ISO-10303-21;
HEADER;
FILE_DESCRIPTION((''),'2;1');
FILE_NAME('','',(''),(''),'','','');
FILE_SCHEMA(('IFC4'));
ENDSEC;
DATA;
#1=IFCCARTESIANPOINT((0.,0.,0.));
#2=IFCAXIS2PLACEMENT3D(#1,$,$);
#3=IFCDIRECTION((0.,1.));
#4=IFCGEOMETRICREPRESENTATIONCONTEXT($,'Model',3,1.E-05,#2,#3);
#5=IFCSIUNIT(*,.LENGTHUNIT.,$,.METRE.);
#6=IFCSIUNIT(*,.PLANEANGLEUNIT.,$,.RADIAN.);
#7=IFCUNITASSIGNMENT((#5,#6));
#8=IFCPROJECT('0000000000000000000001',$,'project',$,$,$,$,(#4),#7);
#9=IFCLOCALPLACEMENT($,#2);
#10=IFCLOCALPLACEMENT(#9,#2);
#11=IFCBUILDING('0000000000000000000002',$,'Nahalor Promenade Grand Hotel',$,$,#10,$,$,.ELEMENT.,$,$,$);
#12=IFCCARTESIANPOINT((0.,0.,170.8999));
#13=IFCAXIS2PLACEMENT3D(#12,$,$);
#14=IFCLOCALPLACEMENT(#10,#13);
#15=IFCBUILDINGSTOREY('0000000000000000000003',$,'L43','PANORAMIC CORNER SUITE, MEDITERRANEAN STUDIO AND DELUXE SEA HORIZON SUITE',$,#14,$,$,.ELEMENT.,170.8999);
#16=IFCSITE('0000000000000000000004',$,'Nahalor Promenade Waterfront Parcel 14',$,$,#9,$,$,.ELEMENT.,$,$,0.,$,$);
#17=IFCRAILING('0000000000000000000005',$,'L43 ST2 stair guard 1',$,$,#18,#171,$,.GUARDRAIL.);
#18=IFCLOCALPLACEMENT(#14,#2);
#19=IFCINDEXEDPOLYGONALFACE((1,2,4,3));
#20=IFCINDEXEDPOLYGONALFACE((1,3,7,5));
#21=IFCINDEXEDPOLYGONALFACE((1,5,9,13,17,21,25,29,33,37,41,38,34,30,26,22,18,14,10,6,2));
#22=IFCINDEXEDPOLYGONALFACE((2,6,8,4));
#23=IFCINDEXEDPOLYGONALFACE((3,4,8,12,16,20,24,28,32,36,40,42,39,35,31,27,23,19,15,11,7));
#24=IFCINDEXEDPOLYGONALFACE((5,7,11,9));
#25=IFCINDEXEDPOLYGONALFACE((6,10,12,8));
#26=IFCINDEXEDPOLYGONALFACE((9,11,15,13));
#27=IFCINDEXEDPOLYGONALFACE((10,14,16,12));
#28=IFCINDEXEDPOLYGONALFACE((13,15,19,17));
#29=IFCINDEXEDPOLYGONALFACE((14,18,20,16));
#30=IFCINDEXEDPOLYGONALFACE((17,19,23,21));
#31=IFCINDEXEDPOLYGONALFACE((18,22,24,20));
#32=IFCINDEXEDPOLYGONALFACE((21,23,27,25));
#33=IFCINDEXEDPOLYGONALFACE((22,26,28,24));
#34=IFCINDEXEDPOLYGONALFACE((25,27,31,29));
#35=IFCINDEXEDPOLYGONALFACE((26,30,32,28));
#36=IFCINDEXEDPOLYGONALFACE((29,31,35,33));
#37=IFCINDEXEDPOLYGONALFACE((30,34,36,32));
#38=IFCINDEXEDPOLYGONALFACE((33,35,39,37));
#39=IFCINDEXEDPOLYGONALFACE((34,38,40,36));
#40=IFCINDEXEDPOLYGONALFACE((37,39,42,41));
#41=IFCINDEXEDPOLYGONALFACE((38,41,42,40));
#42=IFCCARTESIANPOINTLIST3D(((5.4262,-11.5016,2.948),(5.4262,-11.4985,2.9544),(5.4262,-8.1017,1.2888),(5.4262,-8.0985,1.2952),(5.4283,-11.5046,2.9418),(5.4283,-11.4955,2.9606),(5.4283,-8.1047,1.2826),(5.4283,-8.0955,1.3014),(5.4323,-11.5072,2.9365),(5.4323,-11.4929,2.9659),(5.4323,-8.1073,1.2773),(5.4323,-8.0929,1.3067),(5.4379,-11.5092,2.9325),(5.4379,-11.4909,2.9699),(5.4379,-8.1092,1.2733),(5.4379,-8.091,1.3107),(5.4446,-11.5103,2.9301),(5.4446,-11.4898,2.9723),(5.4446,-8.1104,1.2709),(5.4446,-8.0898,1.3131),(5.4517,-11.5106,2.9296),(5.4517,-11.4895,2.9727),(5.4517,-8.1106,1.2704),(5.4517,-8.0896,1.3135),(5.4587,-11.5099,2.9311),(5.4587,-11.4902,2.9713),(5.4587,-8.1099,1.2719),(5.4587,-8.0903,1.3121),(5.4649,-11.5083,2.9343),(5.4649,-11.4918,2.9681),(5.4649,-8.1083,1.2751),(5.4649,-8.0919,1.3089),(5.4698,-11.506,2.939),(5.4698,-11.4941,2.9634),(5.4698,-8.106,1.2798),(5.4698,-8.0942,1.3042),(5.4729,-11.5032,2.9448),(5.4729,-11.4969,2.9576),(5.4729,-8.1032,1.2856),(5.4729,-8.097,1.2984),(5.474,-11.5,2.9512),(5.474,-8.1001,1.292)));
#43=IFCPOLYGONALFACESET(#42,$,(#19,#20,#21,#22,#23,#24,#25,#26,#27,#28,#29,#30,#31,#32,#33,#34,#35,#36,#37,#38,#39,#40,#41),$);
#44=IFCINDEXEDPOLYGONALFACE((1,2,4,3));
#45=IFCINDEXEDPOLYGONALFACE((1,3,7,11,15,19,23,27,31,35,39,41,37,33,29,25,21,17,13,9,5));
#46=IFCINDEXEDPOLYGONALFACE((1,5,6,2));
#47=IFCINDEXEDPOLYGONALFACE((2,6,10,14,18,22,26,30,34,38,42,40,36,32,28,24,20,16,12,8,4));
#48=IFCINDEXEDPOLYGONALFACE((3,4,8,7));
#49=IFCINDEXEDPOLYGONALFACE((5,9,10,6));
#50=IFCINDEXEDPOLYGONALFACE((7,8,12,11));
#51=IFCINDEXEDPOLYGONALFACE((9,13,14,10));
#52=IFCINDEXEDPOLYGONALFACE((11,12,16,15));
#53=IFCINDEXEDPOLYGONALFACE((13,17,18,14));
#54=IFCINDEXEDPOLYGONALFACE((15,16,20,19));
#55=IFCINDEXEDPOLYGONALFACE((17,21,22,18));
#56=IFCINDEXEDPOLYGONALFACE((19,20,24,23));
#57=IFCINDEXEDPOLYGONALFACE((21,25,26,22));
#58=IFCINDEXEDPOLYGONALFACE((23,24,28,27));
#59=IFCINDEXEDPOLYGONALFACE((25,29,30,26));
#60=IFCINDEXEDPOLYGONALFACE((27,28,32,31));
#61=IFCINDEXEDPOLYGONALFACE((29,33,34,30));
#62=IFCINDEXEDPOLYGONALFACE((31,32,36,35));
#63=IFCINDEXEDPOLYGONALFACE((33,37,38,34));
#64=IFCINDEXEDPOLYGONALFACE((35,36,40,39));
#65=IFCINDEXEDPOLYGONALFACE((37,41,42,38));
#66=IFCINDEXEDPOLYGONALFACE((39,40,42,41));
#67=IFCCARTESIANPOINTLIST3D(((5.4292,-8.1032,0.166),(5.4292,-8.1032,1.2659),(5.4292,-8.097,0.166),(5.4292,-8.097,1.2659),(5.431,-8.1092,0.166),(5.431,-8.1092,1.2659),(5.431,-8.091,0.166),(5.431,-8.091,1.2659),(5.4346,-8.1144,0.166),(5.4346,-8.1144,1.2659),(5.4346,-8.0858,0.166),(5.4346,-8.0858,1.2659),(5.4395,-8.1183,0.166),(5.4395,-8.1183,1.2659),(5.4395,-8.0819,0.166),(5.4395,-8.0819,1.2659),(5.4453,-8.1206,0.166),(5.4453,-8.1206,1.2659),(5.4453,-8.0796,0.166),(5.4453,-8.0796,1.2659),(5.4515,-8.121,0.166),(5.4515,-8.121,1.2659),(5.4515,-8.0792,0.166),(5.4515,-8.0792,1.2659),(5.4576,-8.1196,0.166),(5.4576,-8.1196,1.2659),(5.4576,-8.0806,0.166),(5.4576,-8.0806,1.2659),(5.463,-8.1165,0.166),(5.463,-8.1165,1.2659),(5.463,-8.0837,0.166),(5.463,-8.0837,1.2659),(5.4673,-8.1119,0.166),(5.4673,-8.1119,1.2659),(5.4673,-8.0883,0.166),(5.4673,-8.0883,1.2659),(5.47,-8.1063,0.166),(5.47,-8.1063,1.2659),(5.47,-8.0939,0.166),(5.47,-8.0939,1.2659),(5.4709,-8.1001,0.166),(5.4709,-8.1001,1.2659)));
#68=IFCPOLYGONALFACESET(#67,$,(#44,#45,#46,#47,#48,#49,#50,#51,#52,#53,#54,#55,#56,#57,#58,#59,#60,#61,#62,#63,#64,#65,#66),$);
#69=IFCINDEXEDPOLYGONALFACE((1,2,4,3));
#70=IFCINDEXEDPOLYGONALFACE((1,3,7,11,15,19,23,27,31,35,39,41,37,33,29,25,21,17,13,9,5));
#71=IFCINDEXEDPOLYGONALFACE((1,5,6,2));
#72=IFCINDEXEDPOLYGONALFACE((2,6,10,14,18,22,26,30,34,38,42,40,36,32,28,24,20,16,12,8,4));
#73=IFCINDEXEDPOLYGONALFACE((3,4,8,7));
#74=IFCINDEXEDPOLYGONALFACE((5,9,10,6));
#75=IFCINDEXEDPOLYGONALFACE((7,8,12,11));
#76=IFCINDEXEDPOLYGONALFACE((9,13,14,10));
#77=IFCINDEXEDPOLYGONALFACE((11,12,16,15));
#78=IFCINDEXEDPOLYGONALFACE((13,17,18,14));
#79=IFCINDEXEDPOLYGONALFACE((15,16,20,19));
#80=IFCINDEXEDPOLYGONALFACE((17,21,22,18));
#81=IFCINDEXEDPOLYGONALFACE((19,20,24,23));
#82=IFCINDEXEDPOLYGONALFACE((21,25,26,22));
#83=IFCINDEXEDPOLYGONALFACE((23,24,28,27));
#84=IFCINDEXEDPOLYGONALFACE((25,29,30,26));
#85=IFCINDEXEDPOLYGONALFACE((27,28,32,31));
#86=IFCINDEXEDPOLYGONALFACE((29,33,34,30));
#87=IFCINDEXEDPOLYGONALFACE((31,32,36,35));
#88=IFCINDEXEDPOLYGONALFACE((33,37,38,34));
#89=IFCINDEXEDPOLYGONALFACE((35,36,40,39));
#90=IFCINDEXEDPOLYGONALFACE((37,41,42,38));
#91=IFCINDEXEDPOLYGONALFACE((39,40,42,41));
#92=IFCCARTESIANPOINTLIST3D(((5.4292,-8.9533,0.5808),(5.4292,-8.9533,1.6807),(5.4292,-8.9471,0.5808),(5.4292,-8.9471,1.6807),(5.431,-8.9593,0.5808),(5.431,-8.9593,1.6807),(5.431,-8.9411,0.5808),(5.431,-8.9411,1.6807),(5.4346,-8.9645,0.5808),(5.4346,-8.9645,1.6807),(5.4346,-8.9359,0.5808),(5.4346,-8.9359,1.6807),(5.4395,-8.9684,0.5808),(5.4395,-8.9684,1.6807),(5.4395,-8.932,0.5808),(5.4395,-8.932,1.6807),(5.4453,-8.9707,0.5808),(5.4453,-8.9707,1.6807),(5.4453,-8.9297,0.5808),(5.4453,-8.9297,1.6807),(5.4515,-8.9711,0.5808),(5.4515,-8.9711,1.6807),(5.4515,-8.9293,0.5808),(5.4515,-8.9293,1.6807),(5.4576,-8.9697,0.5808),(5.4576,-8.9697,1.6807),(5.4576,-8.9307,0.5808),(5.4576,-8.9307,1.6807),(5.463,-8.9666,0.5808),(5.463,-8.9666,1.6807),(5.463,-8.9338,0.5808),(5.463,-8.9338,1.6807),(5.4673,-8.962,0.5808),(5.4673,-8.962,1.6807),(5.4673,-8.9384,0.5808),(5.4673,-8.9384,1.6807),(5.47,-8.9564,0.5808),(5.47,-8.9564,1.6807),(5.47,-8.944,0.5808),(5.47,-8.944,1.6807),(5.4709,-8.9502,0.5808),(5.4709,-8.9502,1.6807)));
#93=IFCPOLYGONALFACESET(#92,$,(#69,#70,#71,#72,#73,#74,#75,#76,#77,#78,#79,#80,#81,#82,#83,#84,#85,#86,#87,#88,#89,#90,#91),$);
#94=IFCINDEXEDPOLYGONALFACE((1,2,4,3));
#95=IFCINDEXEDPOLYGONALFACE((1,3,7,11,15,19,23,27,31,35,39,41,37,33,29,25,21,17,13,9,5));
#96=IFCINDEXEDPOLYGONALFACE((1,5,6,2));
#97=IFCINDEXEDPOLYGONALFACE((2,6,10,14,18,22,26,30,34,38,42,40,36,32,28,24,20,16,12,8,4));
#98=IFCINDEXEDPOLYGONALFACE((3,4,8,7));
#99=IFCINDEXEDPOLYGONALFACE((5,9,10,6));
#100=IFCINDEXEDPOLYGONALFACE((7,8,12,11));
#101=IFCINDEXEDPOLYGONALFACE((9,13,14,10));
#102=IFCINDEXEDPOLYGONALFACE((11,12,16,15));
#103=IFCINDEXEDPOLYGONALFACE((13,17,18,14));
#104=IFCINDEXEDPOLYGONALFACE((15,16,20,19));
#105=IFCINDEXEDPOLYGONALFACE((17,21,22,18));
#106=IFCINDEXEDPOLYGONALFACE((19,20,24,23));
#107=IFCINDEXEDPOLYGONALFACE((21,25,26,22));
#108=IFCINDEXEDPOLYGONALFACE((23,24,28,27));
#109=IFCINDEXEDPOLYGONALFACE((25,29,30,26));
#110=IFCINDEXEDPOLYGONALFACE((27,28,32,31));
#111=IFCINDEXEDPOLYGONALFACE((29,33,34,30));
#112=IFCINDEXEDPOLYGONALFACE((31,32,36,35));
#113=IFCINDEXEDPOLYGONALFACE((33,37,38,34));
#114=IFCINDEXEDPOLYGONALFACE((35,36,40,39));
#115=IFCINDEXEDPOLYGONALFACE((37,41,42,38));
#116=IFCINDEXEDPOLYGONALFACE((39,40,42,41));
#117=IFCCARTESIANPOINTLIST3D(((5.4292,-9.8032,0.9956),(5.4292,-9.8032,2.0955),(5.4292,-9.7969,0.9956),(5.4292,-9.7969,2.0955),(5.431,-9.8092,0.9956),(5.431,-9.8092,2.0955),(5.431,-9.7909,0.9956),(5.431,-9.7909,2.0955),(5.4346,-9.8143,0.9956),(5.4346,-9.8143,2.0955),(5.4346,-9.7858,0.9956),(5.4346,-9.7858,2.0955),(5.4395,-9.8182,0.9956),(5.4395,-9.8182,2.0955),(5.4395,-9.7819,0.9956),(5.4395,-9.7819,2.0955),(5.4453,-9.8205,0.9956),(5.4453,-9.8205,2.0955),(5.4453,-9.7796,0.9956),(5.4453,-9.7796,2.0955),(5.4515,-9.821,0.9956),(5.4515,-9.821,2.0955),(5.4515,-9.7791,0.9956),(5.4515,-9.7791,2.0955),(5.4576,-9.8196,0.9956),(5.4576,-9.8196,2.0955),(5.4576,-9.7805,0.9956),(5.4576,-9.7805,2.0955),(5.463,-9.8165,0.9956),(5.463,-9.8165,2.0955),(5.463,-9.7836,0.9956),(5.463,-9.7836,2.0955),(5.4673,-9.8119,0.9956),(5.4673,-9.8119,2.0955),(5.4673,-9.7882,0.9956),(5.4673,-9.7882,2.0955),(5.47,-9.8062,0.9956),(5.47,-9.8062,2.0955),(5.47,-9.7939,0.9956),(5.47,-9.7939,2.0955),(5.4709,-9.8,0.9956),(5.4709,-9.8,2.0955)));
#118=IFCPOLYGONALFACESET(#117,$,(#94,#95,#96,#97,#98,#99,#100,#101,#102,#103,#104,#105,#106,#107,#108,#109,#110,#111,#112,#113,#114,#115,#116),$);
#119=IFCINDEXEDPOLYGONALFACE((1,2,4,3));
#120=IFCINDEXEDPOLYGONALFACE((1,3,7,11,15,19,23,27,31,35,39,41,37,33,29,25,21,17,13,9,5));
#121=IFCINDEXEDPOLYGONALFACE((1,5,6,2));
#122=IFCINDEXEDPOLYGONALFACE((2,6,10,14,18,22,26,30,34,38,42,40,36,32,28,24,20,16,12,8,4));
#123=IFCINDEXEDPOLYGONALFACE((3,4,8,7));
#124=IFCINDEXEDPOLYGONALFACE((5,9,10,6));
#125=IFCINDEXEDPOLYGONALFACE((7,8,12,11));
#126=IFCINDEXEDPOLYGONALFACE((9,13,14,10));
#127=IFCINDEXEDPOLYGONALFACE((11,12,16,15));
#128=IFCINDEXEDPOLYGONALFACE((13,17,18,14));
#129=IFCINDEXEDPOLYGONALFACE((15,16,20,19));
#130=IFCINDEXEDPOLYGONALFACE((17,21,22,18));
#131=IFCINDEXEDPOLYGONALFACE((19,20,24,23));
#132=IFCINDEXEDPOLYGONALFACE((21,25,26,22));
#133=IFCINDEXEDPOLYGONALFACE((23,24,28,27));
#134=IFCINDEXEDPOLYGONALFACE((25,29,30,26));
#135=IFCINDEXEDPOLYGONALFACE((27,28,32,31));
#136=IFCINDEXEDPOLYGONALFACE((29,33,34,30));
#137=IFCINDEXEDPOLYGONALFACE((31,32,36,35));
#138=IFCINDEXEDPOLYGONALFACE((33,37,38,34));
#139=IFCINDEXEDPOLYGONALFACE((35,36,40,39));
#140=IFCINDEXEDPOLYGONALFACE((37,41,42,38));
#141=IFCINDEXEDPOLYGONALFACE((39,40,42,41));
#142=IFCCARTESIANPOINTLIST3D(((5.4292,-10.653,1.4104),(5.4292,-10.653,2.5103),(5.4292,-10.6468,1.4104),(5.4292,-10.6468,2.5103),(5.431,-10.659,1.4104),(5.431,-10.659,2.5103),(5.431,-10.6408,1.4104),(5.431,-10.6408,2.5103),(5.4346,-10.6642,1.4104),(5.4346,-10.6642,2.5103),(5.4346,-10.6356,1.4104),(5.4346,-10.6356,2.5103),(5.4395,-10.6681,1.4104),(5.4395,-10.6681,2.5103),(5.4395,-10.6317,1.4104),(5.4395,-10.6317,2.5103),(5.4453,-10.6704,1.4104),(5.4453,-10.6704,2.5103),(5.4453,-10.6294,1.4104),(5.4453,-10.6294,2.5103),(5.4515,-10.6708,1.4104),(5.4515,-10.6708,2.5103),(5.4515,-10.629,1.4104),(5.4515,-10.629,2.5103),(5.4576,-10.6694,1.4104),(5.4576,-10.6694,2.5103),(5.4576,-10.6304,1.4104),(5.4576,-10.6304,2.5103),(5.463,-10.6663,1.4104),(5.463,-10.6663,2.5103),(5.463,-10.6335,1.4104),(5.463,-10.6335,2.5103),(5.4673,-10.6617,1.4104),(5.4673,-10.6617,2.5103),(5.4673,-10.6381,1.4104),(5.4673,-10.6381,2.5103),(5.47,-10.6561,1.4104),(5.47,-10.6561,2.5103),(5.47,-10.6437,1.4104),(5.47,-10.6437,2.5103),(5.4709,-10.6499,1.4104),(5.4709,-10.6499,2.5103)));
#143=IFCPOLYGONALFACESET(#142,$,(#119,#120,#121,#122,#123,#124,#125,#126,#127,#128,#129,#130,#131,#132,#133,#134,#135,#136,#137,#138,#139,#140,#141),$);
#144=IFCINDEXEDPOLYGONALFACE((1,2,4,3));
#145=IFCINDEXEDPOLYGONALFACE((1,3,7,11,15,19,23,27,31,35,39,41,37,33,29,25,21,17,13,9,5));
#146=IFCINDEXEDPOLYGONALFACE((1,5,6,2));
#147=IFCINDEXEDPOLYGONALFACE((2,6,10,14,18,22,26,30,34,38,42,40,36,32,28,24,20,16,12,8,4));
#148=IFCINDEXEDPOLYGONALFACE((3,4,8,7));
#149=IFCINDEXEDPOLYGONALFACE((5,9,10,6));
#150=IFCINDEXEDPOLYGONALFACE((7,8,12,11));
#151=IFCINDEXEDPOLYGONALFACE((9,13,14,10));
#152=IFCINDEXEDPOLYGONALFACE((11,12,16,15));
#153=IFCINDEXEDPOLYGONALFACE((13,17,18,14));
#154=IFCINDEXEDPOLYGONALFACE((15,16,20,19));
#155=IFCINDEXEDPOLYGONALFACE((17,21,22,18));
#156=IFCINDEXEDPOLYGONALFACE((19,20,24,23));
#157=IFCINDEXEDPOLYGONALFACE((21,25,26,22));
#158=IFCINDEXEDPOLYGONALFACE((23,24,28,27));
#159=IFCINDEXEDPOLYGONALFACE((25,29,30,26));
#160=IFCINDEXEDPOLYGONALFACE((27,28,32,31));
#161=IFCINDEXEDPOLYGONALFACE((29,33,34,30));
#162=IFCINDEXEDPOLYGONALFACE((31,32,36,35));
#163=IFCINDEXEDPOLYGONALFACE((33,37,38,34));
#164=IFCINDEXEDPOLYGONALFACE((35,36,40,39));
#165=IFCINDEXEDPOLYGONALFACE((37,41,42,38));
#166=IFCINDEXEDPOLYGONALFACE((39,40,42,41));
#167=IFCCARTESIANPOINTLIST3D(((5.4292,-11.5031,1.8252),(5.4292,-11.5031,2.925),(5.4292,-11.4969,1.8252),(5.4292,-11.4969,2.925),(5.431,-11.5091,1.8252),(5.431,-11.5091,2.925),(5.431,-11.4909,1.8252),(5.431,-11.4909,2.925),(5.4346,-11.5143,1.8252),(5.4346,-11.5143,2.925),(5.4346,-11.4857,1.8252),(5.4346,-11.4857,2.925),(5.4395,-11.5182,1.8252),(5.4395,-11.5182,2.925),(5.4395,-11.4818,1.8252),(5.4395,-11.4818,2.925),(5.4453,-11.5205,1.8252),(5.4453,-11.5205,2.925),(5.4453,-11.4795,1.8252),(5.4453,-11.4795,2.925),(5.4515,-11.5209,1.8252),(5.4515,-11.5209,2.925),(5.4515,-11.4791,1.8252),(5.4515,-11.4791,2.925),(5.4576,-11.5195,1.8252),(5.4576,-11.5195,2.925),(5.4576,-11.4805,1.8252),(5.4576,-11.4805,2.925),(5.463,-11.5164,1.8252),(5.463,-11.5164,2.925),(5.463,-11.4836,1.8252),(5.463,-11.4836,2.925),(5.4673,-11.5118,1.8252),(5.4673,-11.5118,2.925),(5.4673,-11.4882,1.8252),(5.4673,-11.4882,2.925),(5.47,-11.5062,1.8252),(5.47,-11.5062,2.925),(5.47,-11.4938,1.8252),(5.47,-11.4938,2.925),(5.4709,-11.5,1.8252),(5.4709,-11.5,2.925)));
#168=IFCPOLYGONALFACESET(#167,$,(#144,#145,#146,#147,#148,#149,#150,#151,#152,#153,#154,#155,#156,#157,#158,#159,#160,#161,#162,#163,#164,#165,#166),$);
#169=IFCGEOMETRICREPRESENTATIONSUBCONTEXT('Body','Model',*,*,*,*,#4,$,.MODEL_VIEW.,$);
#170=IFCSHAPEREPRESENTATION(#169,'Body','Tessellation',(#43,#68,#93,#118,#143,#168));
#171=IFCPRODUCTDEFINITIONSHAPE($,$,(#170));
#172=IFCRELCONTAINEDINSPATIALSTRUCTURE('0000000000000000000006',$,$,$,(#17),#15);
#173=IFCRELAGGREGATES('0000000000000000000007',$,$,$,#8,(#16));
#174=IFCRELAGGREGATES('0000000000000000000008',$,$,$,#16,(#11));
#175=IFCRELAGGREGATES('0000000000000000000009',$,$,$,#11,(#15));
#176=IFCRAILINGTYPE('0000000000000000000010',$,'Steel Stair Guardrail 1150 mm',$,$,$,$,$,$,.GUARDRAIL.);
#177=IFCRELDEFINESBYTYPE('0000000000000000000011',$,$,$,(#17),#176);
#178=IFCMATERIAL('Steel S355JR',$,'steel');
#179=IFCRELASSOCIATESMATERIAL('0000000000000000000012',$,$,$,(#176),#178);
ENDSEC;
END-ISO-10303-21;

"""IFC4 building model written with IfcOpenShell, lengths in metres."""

from ifc_helpers import new_model, si_unit, direction, frame, origin, origin_2d, place, context, subcontext, project, spatial, circle, extrude, material, type_object, element, save


model = new_model("IFC4")

# Units and contexts
model_context = context("Model", 3, precision=1e-05, world=origin(), true_north=direction((0.0, 1.0)))
body_context = subcontext(model_context, "Body", "Model", "MODEL_VIEW")
ifc_project = project(units=[si_unit("LENGTHUNIT", "METRE"), si_unit("PLANEANGLEUNIT", "RADIAN")], contexts=[model_context])

# Site, building, storey
site_placement = place(None, origin())
site = spatial("IfcSite", under=ifc_project, at=site_placement, Name="Nahalor Promenade Waterfront Parcel 14", CompositionType="ELEMENT", RefElevation=0.0)
building_placement = place(site_placement, origin())
building = spatial("IfcBuilding", under=site, at=building_placement, Name="Nahalor Promenade Grand Hotel", CompositionType="ELEMENT")
storey_placement = place(building_placement, frame((0.0, 0.0, 170.8999)))
storey = spatial("IfcBuildingStorey", under=building, at=storey_placement, Name="L43", Description="PANORAMIC CORNER SUITE, MEDITERRANEAN STUDIO AND DELUXE SEA HORIZON SUITE", CompositionType="ELEMENT", Elevation=170.8999)

# Shared definitions
ifc_material_1 = material(Name="Steel S355JR", Category="steel")

# Railing
railing_type_1 = type_object("IfcRailingType", Name="Steel Stair Guardrail 1150 mm", PredefinedType="GUARDRAIL", material=ifc_material_1)
railing_1_placement = place(storey_placement, frame((5.45, -8.1001, 0.166)))
element("IfcRailing", 1, at=railing_1_placement, inside=storey, type_object=railing_type_1, Name="L43 ST2 stair guard 1", PredefinedType="GUARDRAIL", context=body_context, shape_type="SweptSolid", body=[
    extrude(circle(Radius=0.024, at=origin_2d()), frame((0.0, 0.0, 1.126), z_axis=(0.0, -0.898696, 0.438571), x_axis=(1.0, 0.0, 0.0)), (0.0, 0.0, 1.0), 3.7832),
    extrude(circle(Radius=0.021, at=origin_2d()), origin(), (0.0, 0.0, 1.0), 1.0999),
    extrude(circle(Radius=0.021, at=origin_2d()), frame((0.0, -0.8501, 0.4148)), (0.0, 0.0, 1.0), 1.0999),
    extrude(circle(Radius=0.021, at=origin_2d()), frame((0.0, -1.7, 0.8296)), (0.0, 0.0, 1.0), 1.0999),
    extrude(circle(Radius=0.021, at=origin_2d()), frame((0.0, -2.5498, 1.2444)), (0.0, 0.0, 1.0), 1.0999),
    extrude(circle(Radius=0.021, at=origin_2d()), frame((0.0, -3.3999, 1.6592)), (0.0, 0.0, 1.0), 1.0999),
])

save(model, "model.ifc")
